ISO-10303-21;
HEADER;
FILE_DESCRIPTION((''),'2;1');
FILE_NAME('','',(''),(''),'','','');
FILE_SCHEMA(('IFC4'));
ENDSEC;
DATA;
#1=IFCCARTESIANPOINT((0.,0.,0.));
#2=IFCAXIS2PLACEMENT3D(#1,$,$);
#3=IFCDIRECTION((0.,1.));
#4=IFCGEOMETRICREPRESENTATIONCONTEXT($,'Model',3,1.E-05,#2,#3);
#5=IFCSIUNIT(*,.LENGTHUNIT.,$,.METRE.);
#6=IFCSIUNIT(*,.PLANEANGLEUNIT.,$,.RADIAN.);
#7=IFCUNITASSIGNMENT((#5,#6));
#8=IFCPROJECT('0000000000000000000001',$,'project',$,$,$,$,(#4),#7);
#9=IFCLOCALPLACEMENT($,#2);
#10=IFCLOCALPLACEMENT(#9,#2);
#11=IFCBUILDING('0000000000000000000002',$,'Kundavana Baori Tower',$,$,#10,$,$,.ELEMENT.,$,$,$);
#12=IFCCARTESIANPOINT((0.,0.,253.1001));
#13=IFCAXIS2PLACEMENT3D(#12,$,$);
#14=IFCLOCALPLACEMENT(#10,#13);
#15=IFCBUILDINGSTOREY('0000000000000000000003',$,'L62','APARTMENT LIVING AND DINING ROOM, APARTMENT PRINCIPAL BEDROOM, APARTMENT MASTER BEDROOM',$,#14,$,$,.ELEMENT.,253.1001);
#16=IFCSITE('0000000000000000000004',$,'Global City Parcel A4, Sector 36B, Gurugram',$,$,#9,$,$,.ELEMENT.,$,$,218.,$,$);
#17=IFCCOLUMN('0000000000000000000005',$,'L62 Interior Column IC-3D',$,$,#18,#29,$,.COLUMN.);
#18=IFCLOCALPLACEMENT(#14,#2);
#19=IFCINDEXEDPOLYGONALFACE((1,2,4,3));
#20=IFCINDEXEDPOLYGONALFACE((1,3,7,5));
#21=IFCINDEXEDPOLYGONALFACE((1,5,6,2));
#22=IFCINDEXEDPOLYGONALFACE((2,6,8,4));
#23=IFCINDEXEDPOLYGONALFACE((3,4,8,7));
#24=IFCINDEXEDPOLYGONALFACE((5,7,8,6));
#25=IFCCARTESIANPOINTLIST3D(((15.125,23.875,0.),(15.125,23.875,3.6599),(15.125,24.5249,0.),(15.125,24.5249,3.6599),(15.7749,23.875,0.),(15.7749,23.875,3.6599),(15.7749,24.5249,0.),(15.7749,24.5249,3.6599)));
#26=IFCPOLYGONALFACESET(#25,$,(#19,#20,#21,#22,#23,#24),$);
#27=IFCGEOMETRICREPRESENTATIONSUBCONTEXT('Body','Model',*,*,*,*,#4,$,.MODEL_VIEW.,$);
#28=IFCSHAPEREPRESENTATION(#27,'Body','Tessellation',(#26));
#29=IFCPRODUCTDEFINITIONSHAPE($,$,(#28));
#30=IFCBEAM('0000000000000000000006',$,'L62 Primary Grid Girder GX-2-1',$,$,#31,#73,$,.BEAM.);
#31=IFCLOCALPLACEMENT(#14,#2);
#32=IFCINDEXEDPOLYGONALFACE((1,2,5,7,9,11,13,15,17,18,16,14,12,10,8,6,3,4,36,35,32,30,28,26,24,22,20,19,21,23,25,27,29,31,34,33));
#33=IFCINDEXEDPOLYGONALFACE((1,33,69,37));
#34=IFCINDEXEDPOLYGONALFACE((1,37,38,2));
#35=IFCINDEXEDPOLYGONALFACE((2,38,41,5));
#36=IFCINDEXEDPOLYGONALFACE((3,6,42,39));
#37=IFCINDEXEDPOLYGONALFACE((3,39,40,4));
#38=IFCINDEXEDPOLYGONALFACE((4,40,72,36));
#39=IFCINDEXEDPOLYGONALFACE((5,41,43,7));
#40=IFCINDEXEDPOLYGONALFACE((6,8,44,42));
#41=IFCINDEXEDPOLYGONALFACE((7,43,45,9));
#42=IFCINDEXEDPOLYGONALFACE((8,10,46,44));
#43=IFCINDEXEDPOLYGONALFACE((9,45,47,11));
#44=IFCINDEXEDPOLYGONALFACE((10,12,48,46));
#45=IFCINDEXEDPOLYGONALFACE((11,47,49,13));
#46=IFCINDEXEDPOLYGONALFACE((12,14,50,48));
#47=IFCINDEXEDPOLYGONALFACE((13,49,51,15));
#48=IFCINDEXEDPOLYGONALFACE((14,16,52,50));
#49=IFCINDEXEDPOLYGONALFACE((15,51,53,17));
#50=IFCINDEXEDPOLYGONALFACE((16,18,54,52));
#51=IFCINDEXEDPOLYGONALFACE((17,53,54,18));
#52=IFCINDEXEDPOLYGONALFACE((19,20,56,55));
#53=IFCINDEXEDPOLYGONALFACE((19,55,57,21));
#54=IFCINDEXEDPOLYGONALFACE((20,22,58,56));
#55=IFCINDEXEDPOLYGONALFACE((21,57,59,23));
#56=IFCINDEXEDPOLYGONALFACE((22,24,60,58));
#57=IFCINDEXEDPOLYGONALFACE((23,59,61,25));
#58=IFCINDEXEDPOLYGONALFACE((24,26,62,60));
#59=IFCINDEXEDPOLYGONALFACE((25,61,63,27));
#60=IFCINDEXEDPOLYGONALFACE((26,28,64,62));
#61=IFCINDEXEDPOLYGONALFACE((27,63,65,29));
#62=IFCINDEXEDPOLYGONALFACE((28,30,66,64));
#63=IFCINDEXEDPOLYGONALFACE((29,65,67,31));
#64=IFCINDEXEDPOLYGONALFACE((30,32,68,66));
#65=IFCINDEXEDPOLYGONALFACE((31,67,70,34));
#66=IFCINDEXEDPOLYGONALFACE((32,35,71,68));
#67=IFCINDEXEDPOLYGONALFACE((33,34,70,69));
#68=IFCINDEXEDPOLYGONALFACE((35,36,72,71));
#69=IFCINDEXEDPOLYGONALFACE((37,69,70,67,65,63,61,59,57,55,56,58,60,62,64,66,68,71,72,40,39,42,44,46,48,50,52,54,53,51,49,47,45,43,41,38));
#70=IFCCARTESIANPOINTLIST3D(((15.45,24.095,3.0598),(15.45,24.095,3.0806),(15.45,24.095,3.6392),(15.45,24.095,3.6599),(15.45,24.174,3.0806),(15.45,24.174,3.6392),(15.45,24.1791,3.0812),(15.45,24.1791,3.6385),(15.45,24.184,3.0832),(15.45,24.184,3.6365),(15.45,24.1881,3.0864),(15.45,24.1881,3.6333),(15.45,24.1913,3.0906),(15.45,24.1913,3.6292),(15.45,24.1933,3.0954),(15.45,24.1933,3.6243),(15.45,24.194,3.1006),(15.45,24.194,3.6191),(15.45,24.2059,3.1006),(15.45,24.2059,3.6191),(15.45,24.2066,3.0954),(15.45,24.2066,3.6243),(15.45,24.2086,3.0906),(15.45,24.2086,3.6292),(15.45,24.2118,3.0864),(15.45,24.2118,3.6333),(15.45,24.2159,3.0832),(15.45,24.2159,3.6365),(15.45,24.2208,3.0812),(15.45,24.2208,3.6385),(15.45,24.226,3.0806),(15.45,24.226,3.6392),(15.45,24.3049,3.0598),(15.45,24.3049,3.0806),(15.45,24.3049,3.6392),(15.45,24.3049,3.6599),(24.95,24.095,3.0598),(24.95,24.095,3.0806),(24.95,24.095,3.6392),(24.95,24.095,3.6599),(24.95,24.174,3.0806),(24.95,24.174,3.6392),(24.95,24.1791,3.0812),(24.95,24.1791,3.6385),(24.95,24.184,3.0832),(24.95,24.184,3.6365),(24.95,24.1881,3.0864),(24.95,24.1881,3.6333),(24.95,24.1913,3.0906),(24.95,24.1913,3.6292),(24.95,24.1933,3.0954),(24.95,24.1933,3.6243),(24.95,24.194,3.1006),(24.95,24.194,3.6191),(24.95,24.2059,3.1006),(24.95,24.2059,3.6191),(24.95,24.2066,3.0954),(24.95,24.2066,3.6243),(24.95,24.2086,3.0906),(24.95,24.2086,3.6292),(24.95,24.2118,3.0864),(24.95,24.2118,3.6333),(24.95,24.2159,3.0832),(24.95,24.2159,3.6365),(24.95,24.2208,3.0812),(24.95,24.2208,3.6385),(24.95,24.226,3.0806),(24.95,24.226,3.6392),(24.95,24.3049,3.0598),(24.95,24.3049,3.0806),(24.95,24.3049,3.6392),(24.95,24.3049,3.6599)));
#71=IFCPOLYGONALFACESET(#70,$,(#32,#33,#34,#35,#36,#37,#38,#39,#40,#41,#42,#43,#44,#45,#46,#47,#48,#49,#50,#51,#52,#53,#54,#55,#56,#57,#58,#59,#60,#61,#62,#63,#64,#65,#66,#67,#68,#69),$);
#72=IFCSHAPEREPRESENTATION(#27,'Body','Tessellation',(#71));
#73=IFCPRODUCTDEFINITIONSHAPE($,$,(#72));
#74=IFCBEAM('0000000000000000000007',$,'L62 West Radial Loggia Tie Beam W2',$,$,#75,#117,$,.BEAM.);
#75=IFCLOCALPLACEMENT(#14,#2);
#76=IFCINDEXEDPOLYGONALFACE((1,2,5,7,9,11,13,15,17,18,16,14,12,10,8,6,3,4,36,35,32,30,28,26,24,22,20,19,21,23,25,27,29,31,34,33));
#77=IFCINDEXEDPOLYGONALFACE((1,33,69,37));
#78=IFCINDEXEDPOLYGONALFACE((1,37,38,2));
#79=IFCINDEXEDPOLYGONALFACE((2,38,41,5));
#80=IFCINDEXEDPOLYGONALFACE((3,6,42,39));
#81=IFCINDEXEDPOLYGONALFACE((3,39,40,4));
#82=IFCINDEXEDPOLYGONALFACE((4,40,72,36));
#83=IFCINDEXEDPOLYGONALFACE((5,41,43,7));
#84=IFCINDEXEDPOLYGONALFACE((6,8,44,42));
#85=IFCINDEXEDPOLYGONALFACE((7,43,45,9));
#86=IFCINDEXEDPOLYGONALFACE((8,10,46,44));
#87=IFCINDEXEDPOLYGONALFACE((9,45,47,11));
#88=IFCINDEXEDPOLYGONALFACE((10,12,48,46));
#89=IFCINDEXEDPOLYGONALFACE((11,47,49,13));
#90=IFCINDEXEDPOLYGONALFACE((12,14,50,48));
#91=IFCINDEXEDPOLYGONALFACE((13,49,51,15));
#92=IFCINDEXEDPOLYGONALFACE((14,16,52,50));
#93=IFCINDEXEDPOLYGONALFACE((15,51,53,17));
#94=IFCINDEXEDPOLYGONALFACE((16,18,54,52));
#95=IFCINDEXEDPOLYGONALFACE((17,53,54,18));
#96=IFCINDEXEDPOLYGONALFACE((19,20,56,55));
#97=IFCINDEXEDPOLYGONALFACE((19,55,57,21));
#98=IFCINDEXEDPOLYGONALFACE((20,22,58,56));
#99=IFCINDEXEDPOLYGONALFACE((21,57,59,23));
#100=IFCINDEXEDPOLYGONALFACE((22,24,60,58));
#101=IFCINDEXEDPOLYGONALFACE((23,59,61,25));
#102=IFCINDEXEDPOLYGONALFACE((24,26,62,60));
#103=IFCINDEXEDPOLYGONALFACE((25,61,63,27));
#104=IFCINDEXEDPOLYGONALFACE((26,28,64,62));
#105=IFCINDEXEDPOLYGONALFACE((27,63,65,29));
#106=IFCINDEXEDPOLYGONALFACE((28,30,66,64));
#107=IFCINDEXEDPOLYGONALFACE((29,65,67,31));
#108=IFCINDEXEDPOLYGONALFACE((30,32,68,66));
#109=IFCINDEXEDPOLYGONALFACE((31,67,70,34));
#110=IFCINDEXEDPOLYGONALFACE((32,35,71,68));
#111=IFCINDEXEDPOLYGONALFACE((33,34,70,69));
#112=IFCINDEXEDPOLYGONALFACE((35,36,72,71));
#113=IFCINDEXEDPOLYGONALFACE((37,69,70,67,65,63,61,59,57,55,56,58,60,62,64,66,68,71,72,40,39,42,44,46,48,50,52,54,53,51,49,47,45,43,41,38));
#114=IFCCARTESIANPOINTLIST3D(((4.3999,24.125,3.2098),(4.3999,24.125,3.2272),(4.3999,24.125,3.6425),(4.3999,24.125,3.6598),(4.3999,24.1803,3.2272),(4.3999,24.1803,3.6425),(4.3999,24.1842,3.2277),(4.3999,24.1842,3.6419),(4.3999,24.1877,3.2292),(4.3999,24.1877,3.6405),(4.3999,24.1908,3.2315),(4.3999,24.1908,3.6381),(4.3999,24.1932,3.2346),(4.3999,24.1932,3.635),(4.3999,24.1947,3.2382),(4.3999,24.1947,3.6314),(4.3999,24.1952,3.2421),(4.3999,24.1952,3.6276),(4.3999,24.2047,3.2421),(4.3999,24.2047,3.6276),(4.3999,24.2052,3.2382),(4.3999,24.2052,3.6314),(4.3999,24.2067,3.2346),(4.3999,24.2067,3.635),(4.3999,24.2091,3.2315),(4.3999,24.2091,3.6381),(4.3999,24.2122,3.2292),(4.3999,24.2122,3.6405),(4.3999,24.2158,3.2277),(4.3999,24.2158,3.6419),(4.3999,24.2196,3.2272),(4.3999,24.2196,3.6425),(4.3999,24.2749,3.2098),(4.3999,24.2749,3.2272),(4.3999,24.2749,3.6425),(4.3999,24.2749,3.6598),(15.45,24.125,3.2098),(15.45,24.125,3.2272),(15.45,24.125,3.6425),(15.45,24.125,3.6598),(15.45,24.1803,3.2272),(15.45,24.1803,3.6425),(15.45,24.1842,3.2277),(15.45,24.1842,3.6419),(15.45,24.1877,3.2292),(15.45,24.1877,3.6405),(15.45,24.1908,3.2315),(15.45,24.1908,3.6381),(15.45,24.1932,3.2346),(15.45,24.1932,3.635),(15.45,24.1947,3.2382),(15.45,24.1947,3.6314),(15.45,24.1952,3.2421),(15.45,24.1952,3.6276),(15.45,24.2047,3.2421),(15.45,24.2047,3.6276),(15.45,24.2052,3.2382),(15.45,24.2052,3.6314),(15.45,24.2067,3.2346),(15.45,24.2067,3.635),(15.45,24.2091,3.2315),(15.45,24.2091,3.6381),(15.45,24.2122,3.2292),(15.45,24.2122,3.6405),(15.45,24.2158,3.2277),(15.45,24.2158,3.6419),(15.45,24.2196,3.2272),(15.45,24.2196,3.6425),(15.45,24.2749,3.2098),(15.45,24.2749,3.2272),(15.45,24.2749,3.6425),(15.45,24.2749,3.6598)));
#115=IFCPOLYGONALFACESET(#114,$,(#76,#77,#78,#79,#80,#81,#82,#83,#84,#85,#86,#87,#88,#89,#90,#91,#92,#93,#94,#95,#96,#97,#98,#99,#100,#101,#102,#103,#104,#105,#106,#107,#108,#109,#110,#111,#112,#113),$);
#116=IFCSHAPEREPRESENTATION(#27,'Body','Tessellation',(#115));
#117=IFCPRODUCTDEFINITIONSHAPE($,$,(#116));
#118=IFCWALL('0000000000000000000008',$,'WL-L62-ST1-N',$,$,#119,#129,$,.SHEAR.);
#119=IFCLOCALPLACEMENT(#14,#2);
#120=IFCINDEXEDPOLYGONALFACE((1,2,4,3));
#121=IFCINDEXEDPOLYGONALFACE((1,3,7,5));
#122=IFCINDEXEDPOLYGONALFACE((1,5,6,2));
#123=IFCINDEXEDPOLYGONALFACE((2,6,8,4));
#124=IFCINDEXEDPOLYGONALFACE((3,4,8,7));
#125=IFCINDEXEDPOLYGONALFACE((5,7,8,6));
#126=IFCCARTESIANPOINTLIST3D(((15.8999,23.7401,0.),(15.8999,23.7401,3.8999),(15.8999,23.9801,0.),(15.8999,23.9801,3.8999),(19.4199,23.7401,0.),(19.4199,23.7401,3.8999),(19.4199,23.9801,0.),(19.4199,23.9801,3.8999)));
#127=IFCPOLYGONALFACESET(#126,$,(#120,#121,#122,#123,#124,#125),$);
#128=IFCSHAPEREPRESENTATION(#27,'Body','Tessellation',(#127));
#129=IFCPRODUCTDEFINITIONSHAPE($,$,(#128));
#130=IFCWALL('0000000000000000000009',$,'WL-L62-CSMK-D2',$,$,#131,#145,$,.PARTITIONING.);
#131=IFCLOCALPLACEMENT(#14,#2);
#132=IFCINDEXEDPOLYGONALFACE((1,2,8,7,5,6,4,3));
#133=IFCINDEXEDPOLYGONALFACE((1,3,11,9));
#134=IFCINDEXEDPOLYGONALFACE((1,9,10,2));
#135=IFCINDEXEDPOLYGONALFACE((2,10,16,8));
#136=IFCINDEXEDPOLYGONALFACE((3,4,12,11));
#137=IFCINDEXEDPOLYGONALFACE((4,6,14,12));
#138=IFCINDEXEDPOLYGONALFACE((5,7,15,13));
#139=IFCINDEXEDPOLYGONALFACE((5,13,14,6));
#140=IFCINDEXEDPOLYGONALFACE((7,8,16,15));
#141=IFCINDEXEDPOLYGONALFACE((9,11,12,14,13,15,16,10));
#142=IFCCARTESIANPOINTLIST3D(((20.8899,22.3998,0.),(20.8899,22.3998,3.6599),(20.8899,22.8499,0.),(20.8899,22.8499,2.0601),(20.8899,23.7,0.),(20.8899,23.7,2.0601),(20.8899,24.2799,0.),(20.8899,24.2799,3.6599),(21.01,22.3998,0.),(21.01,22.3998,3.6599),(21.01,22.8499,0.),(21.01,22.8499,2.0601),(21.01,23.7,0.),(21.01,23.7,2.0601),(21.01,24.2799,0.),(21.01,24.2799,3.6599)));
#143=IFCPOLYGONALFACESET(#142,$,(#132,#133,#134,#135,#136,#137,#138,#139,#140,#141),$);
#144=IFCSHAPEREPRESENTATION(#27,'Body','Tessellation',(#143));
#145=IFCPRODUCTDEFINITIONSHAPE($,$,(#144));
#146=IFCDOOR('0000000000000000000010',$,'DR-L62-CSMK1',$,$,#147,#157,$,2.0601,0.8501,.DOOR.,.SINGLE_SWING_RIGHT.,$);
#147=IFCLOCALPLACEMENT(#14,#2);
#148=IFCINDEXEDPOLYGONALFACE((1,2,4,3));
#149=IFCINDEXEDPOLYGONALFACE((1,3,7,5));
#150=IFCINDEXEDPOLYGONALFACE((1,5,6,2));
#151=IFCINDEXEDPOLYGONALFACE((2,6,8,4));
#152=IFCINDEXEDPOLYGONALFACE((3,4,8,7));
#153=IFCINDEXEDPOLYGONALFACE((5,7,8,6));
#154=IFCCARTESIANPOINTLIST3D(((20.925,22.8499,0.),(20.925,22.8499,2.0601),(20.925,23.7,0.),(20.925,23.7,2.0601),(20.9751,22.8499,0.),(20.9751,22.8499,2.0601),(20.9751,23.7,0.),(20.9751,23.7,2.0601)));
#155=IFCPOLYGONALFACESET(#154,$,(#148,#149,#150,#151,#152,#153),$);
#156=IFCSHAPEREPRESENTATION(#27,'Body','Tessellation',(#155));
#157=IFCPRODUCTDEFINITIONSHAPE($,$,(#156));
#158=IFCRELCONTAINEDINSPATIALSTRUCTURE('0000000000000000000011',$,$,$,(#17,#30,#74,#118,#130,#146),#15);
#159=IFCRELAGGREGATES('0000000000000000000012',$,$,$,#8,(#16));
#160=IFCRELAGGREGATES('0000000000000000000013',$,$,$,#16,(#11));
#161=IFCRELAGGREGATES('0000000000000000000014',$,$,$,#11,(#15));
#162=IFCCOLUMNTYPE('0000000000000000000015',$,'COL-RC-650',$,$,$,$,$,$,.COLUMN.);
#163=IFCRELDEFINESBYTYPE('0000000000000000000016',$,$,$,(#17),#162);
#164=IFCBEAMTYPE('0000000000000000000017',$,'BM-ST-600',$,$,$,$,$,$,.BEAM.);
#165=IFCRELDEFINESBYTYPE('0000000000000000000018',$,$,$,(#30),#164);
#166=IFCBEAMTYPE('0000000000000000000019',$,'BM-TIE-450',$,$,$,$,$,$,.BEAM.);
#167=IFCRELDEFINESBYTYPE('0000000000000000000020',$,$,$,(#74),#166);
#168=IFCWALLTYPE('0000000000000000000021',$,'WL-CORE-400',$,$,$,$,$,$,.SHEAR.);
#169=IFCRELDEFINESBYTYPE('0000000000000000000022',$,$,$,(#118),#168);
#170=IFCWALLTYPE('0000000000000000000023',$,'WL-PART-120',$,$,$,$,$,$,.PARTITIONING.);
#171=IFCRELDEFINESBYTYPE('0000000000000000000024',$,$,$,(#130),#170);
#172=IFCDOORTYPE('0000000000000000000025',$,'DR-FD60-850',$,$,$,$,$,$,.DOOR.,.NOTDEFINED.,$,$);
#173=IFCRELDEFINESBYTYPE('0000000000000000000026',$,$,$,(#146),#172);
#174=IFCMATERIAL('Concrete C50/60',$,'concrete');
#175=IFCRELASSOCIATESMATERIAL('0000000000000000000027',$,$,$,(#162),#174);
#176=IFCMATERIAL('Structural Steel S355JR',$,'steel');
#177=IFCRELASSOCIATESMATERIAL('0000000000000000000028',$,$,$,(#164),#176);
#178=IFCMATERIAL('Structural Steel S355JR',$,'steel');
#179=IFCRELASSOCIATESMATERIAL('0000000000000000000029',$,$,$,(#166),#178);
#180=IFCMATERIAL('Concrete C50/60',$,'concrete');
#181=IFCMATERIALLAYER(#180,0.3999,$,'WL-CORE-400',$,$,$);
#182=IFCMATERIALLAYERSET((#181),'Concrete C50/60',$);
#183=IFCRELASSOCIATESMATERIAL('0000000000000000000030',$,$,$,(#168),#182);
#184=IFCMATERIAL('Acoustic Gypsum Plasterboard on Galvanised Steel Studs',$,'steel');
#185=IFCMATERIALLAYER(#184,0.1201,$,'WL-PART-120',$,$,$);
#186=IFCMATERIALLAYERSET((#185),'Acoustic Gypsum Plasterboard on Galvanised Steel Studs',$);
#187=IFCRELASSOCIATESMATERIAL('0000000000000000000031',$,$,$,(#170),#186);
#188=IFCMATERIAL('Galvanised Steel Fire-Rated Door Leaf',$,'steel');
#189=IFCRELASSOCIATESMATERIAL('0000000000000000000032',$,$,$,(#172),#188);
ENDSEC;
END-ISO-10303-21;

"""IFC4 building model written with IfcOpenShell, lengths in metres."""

from ifc_helpers import new_model, si_unit, direction, frame, frame_2d, origin, origin_2d, place, context, subcontext, project, spatial, rectangle, i_section, extrude, material, layer, layer_set, material_profile, profile_set, type_object, element, fill, save


model = new_model("IFC4")

# Units and contexts
model_context = context("Model", 3, precision=1e-05, world=origin(), true_north=direction((0.0, 1.0)))
body_context = subcontext(model_context, "Body", "Model", "MODEL_VIEW")
ifc_project = project(units=[si_unit("LENGTHUNIT", "METRE"), si_unit("PLANEANGLEUNIT", "RADIAN")], contexts=[model_context])

# Site, building, storey
site_placement = place(None, origin())
site = spatial("IfcSite", under=ifc_project, at=site_placement, Name="Global City Parcel A4, Sector 36B, Gurugram", CompositionType="ELEMENT", RefElevation=218.0)
building_placement = place(site_placement, origin())
building = spatial("IfcBuilding", under=site, at=building_placement, Name="Kundavana Baori Tower", CompositionType="ELEMENT")
storey_placement = place(building_placement, frame((0.0, 0.0, 253.1001)))
storey = spatial("IfcBuildingStorey", under=building, at=storey_placement, Name="L62", Description="APARTMENT LIVING AND DINING ROOM, APARTMENT PRINCIPAL BEDROOM, APARTMENT MASTER BEDROOM", CompositionType="ELEMENT", Elevation=253.1001)

# Column
ifc_material_1 = material(Name="Concrete C50/60", Category="concrete")
ifc_material_profile_1 = material_profile(ifc_material_1, rectangle(XDim=0.6499, YDim=0.6499, at=origin_2d()), Name="RC 650x650")
ifc_profile_set_1 = profile_set([ifc_material_profile_1], Name="Concrete C50/60")
column_type = type_object("IfcColumnType", Name="COL-RC-650", PredefinedType="COLUMN", material=ifc_profile_set_1)
column_placement = place(storey_placement, frame((15.45, 24.2, 0.0), z_axis=(0.0, 0.0, 1.0), x_axis=(1.0, 0.0, 0.0)))
element("IfcColumn", 1, at=column_placement, inside=storey, type_object=column_type, Name="L62 Interior Column IC-3D", PredefinedType="COLUMN", context=body_context, shape_type="SweptSolid", body=[
    extrude(rectangle(XDim=0.6499, YDim=0.6499, at=origin_2d()), origin(), (0.0, 0.0, 1.0), 3.6599),
])

# Beams
ifc_material_2 = material(Name="Structural Steel S355JR", Category="steel")
ifc_material_profile_2 = material_profile(ifc_material_2, i_section(OverallWidth=0.21, OverallDepth=0.6001, WebThickness=0.012, FlangeThickness=0.0208, FilletRadius=0.02, at=origin_2d()), Name="ISMB 600")
ifc_profile_set_2 = profile_set([ifc_material_profile_2], Name="Structural Steel S355JR")
beam_type_1 = type_object("IfcBeamType", Name="BM-ST-600", PredefinedType="BEAM", material=ifc_profile_set_2)
beam_1_placement = place(storey_placement, frame((15.45, 24.2, 3.3599), z_axis=(1.0, 0.0, 0.0), x_axis=(0.0, 1.0, 0.0)))
element("IfcBeam", 2, at=beam_1_placement, inside=storey, type_object=beam_type_1, Name="L62 Primary Grid Girder GX-2-1", PredefinedType="BEAM", context=body_context, shape_type="SweptSolid", body=[
    extrude(i_section(OverallWidth=0.21, OverallDepth=0.6001, WebThickness=0.012, FlangeThickness=0.0208, FilletRadius=0.02, at=origin_2d()), origin(), (0.0, 0.0, 1.0), 9.5),
])
ifc_material_3 = material(Name="Structural Steel S355JR", Category="steel")
ifc_material_profile_3 = material_profile(ifc_material_3, i_section(OverallWidth=0.1499, OverallDepth=0.45, WebThickness=0.0095, FlangeThickness=0.0173, FilletRadius=0.0149, at=origin_2d()), Name="ISMB 450")
ifc_profile_set_3 = profile_set([ifc_material_profile_3], Name="Structural Steel S355JR")
beam_type_2 = type_object("IfcBeamType", Name="BM-TIE-450", PredefinedType="BEAM", material=ifc_profile_set_3)
beam_2_placement = place(storey_placement, frame((15.45, 24.2, 3.4348), z_axis=(-1.0, 0.0, 0.0), x_axis=(0.0, -1.0, 0.0)))
element("IfcBeam", 3, at=beam_2_placement, inside=storey, type_object=beam_type_2, Name="L62 West Radial Loggia Tie Beam W2", PredefinedType="BEAM", context=body_context, shape_type="SweptSolid", body=[
    extrude(i_section(OverallWidth=0.1499, OverallDepth=0.45, WebThickness=0.0095, FlangeThickness=0.0173, FilletRadius=0.0149, at=origin_2d()), origin(), (0.0, 0.0, 1.0), 11.05),
])

# Wall
ifc_material_4 = material(Name="Concrete C50/60", Category="concrete")
ifc_layer_1 = layer(ifc_material_4, 0.3999, Name="WL-CORE-400")
ifc_layer_set_1 = layer_set([ifc_layer_1], Name="Concrete C50/60")
wall_type_1 = type_object("IfcWallType", Name="WL-CORE-400", PredefinedType="SHEAR", material=ifc_layer_set_1)
wall_1_placement = place(storey_placement, frame((15.8999, 23.8601, 0.0), z_axis=(0.0, 0.0, 1.0), x_axis=(1.0, 0.0, 0.0)))
element("IfcWall", 4, at=wall_1_placement, inside=storey, type_object=wall_type_1, Name="WL-L62-ST1-N", PredefinedType="SHEAR", context=body_context, shape_type="SweptSolid", body=[
    extrude(rectangle(XDim=3.52, YDim=0.24, at=frame_2d((1.76, 0.0))), origin(), (0.0, 0.0, 1.0), 3.8999),
])

# Wall, opening, door
ifc_material_5 = material(Name="Acoustic Gypsum Plasterboard on Galvanised Steel Studs", Category="steel")
ifc_layer_2 = layer(ifc_material_5, 0.1201, Name="WL-PART-120")
ifc_layer_set_2 = layer_set([ifc_layer_2], Name="Acoustic Gypsum Plasterboard on Galvanised Steel Studs")
wall_type_2 = type_object("IfcWallType", Name="WL-PART-120", PredefinedType="PARTITIONING", material=ifc_layer_set_2)
wall_2_placement = place(storey_placement, frame((20.95, 22.3999, 0.0), z_axis=(0.0, 0.0, 1.0), x_axis=(0.0, 1.0, 0.0)))
wall_2 = element("IfcWall", 5, at=wall_2_placement, inside=storey, type_object=wall_type_2, Name="WL-L62-CSMK-D2", PredefinedType="PARTITIONING", context=body_context, shape_type="SweptSolid", body=[
    extrude(rectangle(XDim=1.8801, YDim=0.1201, at=frame_2d((0.9399, 0.0))), origin(), (0.0, 0.0, 1.0), 3.6599),
])
opening_1_placement = place(wall_2_placement, frame((0.45, 0.0, 0.0)))
opening_1 = element("IfcOpeningElement", 6, at=opening_1_placement, cuts=wall_2, PredefinedType="OPENING", context=body_context, shape_type="SweptSolid", body=[
    extrude(rectangle(XDim=0.8501, YDim=2.0601, at=frame_2d((0.425, 1.03))), frame((0.0, 0.0701, 0.0), z_axis=(0.0, -1.0, 0.0), x_axis=(1.0, 0.0, 0.0)), (0.0, 0.0, 1.0), 0.1401),
])
ifc_material_6 = material(Name="Galvanised Steel Fire-Rated Door Leaf", Category="steel")
door_type_1 = type_object("IfcDoorType", Name="DR-FD60-850", OperationType="NOTDEFINED", PredefinedType="DOOR", material=ifc_material_6)
door_1_placement = place(opening_1_placement, origin())
door_1 = element("IfcDoor", 7, at=door_1_placement, inside=storey, type_object=door_type_1, Name="DR-L62-CSMK1", OperationType="SINGLE_SWING_RIGHT", OverallHeight=2.0601, OverallWidth=0.8501, PredefinedType="DOOR", context=body_context, shape_type="SweptSolid", body=[
    extrude(rectangle(XDim=0.8501, YDim=2.0601, at=frame_2d((0.425, 1.03))), frame((0.0, 0.0249, 0.0), z_axis=(0.0, -1.0, 0.0), x_axis=(1.0, 0.0, 0.0)), (0.0, 0.0, 1.0), 0.05),
])
fill(opening_1, door_1)

save(model, "model.ifc")
